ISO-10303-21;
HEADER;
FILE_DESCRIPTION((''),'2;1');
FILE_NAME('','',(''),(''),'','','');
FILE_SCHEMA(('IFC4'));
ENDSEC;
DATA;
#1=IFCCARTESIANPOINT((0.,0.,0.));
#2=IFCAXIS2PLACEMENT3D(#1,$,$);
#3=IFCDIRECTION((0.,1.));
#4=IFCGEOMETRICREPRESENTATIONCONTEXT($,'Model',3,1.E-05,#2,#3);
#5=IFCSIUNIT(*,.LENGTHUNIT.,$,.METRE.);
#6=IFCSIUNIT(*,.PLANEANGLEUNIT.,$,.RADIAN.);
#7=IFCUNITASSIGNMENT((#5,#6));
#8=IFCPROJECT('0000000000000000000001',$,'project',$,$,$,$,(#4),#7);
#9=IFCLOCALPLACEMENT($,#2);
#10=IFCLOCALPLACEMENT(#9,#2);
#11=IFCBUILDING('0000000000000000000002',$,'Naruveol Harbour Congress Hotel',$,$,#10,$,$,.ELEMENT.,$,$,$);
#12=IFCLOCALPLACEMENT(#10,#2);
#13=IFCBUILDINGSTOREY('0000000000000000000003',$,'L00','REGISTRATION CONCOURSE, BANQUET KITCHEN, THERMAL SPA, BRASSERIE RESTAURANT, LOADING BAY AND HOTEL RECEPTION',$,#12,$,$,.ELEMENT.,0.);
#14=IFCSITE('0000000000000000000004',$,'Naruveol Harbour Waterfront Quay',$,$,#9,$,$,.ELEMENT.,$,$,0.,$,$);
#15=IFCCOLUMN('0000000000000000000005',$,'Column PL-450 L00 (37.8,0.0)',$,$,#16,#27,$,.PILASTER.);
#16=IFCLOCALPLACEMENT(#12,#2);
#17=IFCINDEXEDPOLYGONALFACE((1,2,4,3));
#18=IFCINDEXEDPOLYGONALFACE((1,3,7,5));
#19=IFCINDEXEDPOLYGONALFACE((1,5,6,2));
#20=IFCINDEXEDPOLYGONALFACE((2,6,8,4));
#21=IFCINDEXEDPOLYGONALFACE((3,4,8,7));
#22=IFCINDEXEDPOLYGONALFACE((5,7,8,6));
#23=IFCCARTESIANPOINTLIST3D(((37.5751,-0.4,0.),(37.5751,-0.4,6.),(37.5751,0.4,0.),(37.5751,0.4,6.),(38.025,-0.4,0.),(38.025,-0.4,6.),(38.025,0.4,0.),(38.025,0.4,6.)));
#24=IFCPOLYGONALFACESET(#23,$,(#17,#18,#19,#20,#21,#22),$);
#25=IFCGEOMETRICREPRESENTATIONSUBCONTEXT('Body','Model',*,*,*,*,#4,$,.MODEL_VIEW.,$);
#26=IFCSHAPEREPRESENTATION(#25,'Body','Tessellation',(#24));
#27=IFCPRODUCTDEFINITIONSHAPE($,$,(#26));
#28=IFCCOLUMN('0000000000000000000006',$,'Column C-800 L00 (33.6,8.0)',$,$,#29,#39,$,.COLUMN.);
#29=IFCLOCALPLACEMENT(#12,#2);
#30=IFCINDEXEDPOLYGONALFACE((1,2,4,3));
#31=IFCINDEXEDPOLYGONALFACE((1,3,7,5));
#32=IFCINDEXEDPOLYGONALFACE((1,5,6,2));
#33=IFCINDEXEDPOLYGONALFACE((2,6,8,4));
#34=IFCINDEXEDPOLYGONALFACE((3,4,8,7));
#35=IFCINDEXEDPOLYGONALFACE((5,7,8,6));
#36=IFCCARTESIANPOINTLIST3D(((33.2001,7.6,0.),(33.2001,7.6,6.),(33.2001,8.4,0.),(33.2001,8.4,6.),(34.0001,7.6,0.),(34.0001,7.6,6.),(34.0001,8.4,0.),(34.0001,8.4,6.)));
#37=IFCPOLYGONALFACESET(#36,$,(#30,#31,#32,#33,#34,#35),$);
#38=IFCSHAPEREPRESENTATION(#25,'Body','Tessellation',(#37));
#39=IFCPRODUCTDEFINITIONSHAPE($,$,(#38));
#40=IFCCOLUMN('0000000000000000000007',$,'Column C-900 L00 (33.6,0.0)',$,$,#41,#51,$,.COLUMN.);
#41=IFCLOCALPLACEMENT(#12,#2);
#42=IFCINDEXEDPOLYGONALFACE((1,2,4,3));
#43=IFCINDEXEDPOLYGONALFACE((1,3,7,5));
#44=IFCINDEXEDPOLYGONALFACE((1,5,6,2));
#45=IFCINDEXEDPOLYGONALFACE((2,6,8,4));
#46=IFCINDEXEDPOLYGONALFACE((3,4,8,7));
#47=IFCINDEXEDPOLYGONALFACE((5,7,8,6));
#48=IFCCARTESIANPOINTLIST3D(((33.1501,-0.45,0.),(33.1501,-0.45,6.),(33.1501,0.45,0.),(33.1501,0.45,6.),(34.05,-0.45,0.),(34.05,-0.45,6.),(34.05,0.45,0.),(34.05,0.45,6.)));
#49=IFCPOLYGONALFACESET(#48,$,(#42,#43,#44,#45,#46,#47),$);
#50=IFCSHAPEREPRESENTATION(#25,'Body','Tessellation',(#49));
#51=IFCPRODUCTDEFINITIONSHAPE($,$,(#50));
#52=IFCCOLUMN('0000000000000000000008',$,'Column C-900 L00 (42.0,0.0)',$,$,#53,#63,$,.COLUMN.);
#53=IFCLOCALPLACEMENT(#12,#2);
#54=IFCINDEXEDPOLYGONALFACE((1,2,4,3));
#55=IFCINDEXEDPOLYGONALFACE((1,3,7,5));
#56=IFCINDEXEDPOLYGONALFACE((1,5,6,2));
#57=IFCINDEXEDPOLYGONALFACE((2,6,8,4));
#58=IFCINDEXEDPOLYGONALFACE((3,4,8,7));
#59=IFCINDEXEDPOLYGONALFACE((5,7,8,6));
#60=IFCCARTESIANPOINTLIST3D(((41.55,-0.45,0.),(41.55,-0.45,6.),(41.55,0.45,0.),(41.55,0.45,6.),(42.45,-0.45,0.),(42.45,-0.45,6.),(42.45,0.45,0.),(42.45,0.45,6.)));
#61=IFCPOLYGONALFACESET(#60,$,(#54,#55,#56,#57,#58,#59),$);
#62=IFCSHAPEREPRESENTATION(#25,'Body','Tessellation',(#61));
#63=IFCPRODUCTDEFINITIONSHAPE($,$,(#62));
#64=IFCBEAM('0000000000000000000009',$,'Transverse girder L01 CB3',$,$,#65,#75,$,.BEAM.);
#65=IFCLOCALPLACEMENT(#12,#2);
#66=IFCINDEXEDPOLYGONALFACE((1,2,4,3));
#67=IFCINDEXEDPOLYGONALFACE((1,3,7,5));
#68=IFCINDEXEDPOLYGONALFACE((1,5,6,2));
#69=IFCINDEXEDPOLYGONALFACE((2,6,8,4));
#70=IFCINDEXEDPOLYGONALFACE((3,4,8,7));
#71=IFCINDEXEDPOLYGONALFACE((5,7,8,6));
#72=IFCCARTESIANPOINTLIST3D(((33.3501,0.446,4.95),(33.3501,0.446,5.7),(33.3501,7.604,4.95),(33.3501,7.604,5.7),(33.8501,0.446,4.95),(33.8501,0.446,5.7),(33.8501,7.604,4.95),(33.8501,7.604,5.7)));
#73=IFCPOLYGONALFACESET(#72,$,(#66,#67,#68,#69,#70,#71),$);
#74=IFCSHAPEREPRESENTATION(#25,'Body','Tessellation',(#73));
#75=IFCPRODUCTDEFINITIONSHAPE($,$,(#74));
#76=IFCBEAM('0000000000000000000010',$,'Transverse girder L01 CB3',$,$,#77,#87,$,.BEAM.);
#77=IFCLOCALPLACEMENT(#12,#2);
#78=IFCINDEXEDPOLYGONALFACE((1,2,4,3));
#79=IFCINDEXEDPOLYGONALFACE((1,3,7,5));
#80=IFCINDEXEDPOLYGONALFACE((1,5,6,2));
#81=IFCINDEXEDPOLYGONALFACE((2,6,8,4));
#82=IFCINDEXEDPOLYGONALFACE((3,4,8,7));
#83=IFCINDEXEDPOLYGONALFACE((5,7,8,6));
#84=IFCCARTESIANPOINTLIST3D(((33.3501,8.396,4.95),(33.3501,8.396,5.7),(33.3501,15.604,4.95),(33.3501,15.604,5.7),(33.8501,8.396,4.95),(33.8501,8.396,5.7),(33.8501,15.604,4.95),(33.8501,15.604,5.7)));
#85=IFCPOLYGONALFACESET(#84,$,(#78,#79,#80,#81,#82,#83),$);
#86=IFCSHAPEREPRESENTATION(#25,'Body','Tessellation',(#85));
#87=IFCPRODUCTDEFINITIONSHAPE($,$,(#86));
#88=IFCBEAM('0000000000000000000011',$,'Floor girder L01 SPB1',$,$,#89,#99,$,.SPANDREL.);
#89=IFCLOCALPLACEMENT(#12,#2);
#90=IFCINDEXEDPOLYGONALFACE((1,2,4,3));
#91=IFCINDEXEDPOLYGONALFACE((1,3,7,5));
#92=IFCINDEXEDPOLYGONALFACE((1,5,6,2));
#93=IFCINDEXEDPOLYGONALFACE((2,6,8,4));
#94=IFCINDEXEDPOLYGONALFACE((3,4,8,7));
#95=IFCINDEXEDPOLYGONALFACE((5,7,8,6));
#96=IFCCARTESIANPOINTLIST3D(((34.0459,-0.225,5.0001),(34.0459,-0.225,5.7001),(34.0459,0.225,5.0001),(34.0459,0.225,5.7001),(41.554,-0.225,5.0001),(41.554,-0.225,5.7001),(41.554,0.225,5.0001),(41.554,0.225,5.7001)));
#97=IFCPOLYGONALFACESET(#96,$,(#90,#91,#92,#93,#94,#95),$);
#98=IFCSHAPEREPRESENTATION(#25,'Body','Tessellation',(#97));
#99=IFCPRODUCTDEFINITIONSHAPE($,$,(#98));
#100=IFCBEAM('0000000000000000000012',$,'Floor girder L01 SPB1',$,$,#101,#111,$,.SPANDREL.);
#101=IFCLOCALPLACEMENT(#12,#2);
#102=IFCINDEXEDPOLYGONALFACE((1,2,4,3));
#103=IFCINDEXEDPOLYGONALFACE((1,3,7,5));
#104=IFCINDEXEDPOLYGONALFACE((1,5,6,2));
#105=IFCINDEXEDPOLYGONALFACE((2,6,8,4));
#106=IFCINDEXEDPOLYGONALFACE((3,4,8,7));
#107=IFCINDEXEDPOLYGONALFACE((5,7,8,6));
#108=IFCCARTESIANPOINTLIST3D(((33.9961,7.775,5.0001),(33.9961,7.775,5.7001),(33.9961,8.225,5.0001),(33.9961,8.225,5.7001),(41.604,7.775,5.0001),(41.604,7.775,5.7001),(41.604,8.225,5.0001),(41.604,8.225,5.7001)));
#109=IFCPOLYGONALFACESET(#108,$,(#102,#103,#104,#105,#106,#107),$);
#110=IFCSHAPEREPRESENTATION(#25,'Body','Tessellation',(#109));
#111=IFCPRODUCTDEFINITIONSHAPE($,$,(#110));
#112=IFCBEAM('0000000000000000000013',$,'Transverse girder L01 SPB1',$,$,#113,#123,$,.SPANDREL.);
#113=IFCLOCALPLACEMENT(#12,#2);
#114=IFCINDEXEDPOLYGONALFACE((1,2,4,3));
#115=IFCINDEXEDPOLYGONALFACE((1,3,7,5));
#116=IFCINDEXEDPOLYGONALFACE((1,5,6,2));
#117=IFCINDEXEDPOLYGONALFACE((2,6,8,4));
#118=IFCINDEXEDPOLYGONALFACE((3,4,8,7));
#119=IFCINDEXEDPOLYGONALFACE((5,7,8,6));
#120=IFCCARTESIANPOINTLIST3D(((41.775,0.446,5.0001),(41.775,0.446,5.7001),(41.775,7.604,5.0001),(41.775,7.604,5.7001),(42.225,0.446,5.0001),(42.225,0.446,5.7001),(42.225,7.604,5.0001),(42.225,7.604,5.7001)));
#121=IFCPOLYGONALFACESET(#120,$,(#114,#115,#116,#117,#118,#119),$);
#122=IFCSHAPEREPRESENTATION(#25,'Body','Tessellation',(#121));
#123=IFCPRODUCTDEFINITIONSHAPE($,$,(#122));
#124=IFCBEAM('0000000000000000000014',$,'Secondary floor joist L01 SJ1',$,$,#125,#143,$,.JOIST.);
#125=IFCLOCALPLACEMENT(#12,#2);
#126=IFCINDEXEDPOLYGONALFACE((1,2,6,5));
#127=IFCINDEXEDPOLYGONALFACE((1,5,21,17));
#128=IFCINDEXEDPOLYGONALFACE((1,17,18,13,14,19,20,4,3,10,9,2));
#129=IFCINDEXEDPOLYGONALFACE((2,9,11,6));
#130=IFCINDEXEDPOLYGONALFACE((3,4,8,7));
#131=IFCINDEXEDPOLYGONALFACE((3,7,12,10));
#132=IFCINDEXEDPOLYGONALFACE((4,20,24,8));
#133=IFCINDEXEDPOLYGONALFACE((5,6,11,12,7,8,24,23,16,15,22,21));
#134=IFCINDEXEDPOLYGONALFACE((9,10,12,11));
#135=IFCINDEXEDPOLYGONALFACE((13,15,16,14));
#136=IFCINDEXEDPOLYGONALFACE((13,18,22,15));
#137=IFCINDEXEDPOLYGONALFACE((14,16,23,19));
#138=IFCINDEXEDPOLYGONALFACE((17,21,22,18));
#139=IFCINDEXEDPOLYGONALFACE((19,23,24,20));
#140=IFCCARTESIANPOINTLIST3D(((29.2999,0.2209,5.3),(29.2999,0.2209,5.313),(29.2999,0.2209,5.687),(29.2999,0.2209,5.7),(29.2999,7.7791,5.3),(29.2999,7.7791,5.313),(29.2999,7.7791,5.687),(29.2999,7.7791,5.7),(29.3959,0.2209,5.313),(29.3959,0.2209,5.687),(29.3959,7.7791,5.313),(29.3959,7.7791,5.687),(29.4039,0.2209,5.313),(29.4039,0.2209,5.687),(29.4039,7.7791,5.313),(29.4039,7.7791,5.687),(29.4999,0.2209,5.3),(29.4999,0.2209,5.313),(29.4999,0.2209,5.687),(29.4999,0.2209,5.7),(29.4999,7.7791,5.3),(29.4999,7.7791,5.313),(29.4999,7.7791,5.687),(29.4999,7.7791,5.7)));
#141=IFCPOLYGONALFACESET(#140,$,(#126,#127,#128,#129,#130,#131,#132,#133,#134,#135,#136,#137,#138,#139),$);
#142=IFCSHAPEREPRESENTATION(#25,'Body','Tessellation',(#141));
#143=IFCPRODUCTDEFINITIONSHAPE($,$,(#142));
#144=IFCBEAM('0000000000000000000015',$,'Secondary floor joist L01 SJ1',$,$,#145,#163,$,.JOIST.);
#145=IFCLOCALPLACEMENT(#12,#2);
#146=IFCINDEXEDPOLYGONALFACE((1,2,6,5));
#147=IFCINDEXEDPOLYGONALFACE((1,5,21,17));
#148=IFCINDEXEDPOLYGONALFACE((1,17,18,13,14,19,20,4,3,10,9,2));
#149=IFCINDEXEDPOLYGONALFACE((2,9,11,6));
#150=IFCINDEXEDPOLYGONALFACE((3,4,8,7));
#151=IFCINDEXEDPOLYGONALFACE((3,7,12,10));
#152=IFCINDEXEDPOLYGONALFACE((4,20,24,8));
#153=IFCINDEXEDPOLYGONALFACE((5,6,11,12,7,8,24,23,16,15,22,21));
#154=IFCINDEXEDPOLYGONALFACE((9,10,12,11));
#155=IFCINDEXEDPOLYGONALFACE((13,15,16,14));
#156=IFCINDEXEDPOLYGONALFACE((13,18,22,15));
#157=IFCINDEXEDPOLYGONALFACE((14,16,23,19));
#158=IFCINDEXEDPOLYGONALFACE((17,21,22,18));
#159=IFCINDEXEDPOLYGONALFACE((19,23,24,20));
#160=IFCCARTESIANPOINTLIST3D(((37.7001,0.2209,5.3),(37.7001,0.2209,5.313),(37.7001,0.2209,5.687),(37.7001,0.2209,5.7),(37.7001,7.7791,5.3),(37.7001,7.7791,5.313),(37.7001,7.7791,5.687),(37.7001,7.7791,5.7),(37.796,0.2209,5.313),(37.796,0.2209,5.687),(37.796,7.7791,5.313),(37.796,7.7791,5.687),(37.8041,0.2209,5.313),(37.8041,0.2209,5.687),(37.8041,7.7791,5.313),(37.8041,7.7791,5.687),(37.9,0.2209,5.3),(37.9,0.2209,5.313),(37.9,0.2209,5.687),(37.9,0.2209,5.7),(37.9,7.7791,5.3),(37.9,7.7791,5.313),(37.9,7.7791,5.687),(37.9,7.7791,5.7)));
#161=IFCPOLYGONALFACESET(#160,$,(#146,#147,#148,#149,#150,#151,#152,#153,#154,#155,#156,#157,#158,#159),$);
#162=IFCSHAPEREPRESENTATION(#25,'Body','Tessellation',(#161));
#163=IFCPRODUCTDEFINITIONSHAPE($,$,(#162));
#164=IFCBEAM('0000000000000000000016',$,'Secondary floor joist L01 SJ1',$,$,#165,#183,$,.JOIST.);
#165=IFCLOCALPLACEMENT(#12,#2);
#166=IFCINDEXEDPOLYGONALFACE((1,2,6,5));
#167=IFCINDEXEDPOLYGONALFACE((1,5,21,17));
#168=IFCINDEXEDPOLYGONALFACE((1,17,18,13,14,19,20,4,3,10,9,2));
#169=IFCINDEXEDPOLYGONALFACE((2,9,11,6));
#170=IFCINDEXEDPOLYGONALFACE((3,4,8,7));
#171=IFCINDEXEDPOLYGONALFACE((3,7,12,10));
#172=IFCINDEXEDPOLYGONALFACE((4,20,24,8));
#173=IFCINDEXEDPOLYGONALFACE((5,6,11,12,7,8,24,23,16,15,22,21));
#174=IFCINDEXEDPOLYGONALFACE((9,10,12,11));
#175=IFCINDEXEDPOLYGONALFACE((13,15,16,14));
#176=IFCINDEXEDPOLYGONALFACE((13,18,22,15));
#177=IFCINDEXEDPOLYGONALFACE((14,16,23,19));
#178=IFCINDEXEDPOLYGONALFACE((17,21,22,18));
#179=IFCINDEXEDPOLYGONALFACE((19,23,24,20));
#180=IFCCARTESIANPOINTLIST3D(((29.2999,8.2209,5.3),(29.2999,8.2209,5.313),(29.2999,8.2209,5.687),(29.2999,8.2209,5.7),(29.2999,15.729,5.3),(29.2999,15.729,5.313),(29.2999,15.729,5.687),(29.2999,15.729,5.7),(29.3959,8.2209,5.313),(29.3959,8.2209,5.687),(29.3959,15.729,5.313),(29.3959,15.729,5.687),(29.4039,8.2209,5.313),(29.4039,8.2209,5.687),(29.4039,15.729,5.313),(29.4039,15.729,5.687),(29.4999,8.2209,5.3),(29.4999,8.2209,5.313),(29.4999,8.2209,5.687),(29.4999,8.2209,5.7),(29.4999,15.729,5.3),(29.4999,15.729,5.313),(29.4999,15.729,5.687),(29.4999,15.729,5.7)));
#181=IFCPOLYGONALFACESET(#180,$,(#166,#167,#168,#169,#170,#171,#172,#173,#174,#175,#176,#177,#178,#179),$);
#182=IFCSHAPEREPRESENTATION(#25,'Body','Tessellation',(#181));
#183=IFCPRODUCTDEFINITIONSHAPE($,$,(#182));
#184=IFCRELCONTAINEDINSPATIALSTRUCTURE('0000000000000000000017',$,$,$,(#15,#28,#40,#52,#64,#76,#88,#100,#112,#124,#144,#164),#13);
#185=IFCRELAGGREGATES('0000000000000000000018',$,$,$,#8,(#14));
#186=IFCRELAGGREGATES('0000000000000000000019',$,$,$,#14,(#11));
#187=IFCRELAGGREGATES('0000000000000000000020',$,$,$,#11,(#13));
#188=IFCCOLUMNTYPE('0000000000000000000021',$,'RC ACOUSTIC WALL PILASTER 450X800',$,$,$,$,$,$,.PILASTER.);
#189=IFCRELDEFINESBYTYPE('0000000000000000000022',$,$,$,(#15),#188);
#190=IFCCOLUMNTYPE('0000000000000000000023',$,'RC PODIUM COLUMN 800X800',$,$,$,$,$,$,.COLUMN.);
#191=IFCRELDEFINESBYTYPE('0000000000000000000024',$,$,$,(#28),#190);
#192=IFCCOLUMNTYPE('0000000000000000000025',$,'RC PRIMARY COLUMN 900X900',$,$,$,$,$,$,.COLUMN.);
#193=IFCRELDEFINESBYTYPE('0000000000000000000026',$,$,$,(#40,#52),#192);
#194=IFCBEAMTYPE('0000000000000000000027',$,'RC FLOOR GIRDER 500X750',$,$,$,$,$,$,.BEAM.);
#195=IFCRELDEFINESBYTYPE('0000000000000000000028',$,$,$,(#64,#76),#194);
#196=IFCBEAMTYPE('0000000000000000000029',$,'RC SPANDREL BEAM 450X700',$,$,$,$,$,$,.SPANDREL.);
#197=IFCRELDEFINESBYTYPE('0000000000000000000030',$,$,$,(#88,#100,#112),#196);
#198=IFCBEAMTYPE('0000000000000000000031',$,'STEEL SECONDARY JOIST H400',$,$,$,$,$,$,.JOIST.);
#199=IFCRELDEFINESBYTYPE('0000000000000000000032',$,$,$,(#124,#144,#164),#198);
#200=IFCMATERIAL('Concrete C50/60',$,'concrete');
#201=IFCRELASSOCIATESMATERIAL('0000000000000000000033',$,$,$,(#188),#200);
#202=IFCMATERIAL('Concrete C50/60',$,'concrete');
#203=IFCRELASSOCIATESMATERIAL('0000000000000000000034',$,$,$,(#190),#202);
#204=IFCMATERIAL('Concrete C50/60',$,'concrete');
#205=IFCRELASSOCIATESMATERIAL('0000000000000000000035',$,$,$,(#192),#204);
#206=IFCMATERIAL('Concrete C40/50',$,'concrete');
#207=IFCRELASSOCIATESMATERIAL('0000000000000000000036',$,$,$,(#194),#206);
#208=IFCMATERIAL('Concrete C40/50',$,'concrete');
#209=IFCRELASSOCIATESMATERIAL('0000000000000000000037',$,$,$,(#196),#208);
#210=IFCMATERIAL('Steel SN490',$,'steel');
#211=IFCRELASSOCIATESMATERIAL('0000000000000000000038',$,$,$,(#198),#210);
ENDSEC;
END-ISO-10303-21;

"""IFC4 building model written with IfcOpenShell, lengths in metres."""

from ifc_helpers import new_model, si_unit, direction, frame, origin, origin_2d, place, context, subcontext, project, spatial, rectangle, i_section, extrude, material, material_profile, profile_set, type_object, element, save


model = new_model("IFC4")

# Units and contexts
model_context = context("Model", 3, precision=1e-05, world=origin(), true_north=direction((0.0, 1.0)))
body_context = subcontext(model_context, "Body", "Model", "MODEL_VIEW")
ifc_project = project(units=[si_unit("LENGTHUNIT", "METRE"), si_unit("PLANEANGLEUNIT", "RADIAN")], contexts=[model_context])

# Site, building, storey
site_placement = place(None, origin())
site = spatial("IfcSite", under=ifc_project, at=site_placement, Name="Naruveol Harbour Waterfront Quay", CompositionType="ELEMENT", RefElevation=0.0)
building_placement = place(site_placement, origin())
building = spatial("IfcBuilding", under=site, at=building_placement, Name="Naruveol Harbour Congress Hotel", CompositionType="ELEMENT")
storey_placement = place(building_placement, origin())
storey = spatial("IfcBuildingStorey", under=building, at=storey_placement, Name="L00", Description="REGISTRATION CONCOURSE, BANQUET KITCHEN, THERMAL SPA, BRASSERIE RESTAURANT, LOADING BAY AND HOTEL RECEPTION", CompositionType="ELEMENT", Elevation=0.0)

# Columns
ifc_material_1 = material(Name="Concrete C50/60", Category="concrete")
ifc_material_profile_1 = material_profile(ifc_material_1, rectangle(XDim=0.45, YDim=0.8, at=origin_2d()), Name="RC-450x800")
ifc_profile_set_1 = profile_set([ifc_material_profile_1], Name="Concrete C50/60")
column_type_1 = type_object("IfcColumnType", Name="RC ACOUSTIC WALL PILASTER 450X800", PredefinedType="PILASTER", material=ifc_profile_set_1)
column_1_placement = place(storey_placement, frame((37.8, 0.0, 0.0), z_axis=(0.0, 0.0, 1.0), x_axis=(1.0, 0.0, 0.0)))
element("IfcColumn", 1, at=column_1_placement, inside=storey, type_object=column_type_1, Name="Column PL-450 L00 (37.8,0.0)", PredefinedType="PILASTER", context=body_context, shape_type="SweptSolid", body=[
    extrude(rectangle(XDim=0.45, YDim=0.8, at=origin_2d()), origin(), (0.0, 0.0, 1.0), 6.0),
])
ifc_material_2 = material(Name="Concrete C50/60", Category="concrete")
ifc_material_profile_2 = material_profile(ifc_material_2, rectangle(XDim=0.8, YDim=0.8, at=origin_2d()), Name="RC-800x800")
ifc_profile_set_2 = profile_set([ifc_material_profile_2], Name="Concrete C50/60")
column_type_2 = type_object("IfcColumnType", Name="RC PODIUM COLUMN 800X800", PredefinedType="COLUMN", material=ifc_profile_set_2)
column_2_placement = place(storey_placement, frame((33.6001, 8.0, 0.0), z_axis=(0.0, 0.0, 1.0), x_axis=(1.0, 0.0, 0.0)))
element("IfcColumn", 2, at=column_2_placement, inside=storey, type_object=column_type_2, Name="Column C-800 L00 (33.6,8.0)", PredefinedType="COLUMN", context=body_context, shape_type="SweptSolid", body=[
    extrude(rectangle(XDim=0.8, YDim=0.8, at=origin_2d()), origin(), (0.0, 0.0, 1.0), 6.0),
])
ifc_material_3 = material(Name="Concrete C50/60", Category="concrete")
ifc_material_profile_3 = material_profile(ifc_material_3, rectangle(XDim=0.8999, YDim=0.8999, at=origin_2d()), Name="RC-900x900")
ifc_profile_set_3 = profile_set([ifc_material_profile_3], Name="Concrete C50/60")
column_type_3 = type_object("IfcColumnType", Name="RC PRIMARY COLUMN 900X900", PredefinedType="COLUMN", material=ifc_profile_set_3)
for number, where, z_axis, x_axis, name in (
    (3, (33.6001, 0.0, 0.0), (0.0, 0.0, 1.0), (1.0, 0.0, 0.0), "Column C-900 L00 (33.6,0.0)"),
    (4, (42.0, 0.0, 0.0), (0.0, 0.0, 1.0), (1.0, 0.0, 0.0), "Column C-900 L00 (42.0,0.0)"),
):
    element("IfcColumn", number, at=place(storey_placement, frame(where, z_axis=z_axis, x_axis=x_axis)), inside=storey, type_object=column_type_3, Name=name, PredefinedType="COLUMN", context=body_context, shape_type="SweptSolid", body=[
        extrude(rectangle(XDim=0.8999, YDim=0.8999, at=origin_2d()), origin(), (0.0, 0.0, 1.0), 6.0),
    ])

# Beams
ifc_material_4 = material(Name="Concrete C40/50", Category="concrete")
ifc_material_profile_4 = material_profile(ifc_material_4, rectangle(XDim=0.5, YDim=0.75, at=origin_2d()), Name="RCB-500x750")
ifc_profile_set_4 = profile_set([ifc_material_profile_4], Name="Concrete C40/50")
beam_type_1 = type_object("IfcBeamType", Name="RC FLOOR GIRDER 500X750", PredefinedType="BEAM", material=ifc_profile_set_4)
beam_1_placement = place(storey_placement, frame((33.6001, 0.446, 5.325), z_axis=(0.0, 1.0, 0.0), x_axis=(-1.0, 0.0, 0.0)))
element("IfcBeam", 5, at=beam_1_placement, inside=storey, type_object=beam_type_1, Name="Transverse girder L01 CB3", PredefinedType="BEAM", context=body_context, shape_type="SweptSolid", body=[
    extrude(rectangle(XDim=0.5, YDim=0.75, at=origin_2d()), origin(), (0.0, 0.0, 1.0), 7.158),
])
beam_2_placement = place(storey_placement, frame((33.6001, 8.396, 5.325), z_axis=(0.0, 1.0, 0.0), x_axis=(-1.0, 0.0, 0.0)))
element("IfcBeam", 6, at=beam_2_placement, inside=storey, type_object=beam_type_1, Name="Transverse girder L01 CB3", PredefinedType="BEAM", context=body_context, shape_type="SweptSolid", body=[
    extrude(rectangle(XDim=0.5, YDim=0.75, at=origin_2d()), origin(), (0.0, 0.0, 1.0), 7.208),
])
ifc_material_5 = material(Name="Concrete C40/50", Category="concrete")
ifc_material_profile_5 = material_profile(ifc_material_5, rectangle(XDim=0.45, YDim=0.7, at=origin_2d()), Name="RCB-450x700")
ifc_profile_set_5 = profile_set([ifc_material_profile_5], Name="Concrete C40/50")
beam_type_2 = type_object("IfcBeamType", Name="RC SPANDREL BEAM 450X700", PredefinedType="SPANDREL", material=ifc_profile_set_5)
beam_3_placement = place(storey_placement, frame((34.0459, 0.0, 5.3501), z_axis=(1.0, 0.0, 0.0), x_axis=(0.0, 1.0, 0.0)))
element("IfcBeam", 7, at=beam_3_placement, inside=storey, type_object=beam_type_2, Name="Floor girder L01 SPB1", PredefinedType="SPANDREL", context=body_context, shape_type="SweptSolid", body=[
    extrude(rectangle(XDim=0.45, YDim=0.7, at=origin_2d()), origin(), (0.0, 0.0, 1.0), 7.5081),
])
beam_4_placement = place(storey_placement, frame((33.9961, 8.0, 5.3501), z_axis=(1.0, 0.0, 0.0), x_axis=(0.0, 1.0, 0.0)))
element("IfcBeam", 8, at=beam_4_placement, inside=storey, type_object=beam_type_2, Name="Floor girder L01 SPB1", PredefinedType="SPANDREL", context=body_context, shape_type="SweptSolid", body=[
    extrude(rectangle(XDim=0.45, YDim=0.7, at=origin_2d()), origin(), (0.0, 0.0, 1.0), 7.6079),
])
beam_5_placement = place(storey_placement, frame((42.0, 0.446, 5.3501), z_axis=(0.0, 1.0, 0.0), x_axis=(-1.0, 0.0, 0.0)))
element("IfcBeam", 9, at=beam_5_placement, inside=storey, type_object=beam_type_2, Name="Transverse girder L01 SPB1", PredefinedType="SPANDREL", context=body_context, shape_type="SweptSolid", body=[
    extrude(rectangle(XDim=0.45, YDim=0.7, at=origin_2d()), origin(), (0.0, 0.0, 1.0), 7.158),
])
ifc_material_6 = material(Name="Steel SN490", Category="steel")
ifc_material_profile_6 = material_profile(ifc_material_6, i_section(OverallWidth=0.2, OverallDepth=0.3999, WebThickness=0.0081, FlangeThickness=0.0129, at=origin_2d()), Name="H-400x200x8x13")
ifc_profile_set_6 = profile_set([ifc_material_profile_6], Name="Steel SN490")
beam_type_3 = type_object("IfcBeamType", Name="STEEL SECONDARY JOIST H400", PredefinedType="JOIST", material=ifc_profile_set_6)
for number, where, z_axis, x_axis, name in (
    (10, (29.3999, 0.2209, 5.5), (0.0, 1.0, 0.0), (-1.0, 0.0, 0.0), "Secondary floor joist L01 SJ1"),
    (11, (37.8, 0.2209, 5.5), (0.0, 1.0, 0.0), (-1.0, 0.0, 0.0), "Secondary floor joist L01 SJ1"),
):
    element("IfcBeam", number, at=place(storey_placement, frame(where, z_axis=z_axis, x_axis=x_axis)), inside=storey, type_object=beam_type_3, Name=name, PredefinedType="JOIST", context=body_context, shape_type="SweptSolid", body=[
        extrude(i_section(OverallWidth=0.2, OverallDepth=0.3999, WebThickness=0.0081, FlangeThickness=0.0129, at=origin_2d()), origin(), (0.0, 0.0, 1.0), 7.5581),
    ])
for number, where, z_axis, x_axis, name in (
    (12, (29.3999, 8.2209, 5.5), (0.0, 1.0, 0.0), (-1.0, 0.0, 0.0), "Secondary floor joist L01 SJ1"),
):
    element("IfcBeam", number, at=place(storey_placement, frame(where, z_axis=z_axis, x_axis=x_axis)), inside=storey, type_object=beam_type_3, Name=name, PredefinedType="JOIST", context=body_context, shape_type="SweptSolid", body=[
        extrude(i_section(OverallWidth=0.2, OverallDepth=0.3999, WebThickness=0.0081, FlangeThickness=0.0129, at=origin_2d()), origin(), (0.0, 0.0, 1.0), 7.5081),
    ])

save(model, "model.ifc")
